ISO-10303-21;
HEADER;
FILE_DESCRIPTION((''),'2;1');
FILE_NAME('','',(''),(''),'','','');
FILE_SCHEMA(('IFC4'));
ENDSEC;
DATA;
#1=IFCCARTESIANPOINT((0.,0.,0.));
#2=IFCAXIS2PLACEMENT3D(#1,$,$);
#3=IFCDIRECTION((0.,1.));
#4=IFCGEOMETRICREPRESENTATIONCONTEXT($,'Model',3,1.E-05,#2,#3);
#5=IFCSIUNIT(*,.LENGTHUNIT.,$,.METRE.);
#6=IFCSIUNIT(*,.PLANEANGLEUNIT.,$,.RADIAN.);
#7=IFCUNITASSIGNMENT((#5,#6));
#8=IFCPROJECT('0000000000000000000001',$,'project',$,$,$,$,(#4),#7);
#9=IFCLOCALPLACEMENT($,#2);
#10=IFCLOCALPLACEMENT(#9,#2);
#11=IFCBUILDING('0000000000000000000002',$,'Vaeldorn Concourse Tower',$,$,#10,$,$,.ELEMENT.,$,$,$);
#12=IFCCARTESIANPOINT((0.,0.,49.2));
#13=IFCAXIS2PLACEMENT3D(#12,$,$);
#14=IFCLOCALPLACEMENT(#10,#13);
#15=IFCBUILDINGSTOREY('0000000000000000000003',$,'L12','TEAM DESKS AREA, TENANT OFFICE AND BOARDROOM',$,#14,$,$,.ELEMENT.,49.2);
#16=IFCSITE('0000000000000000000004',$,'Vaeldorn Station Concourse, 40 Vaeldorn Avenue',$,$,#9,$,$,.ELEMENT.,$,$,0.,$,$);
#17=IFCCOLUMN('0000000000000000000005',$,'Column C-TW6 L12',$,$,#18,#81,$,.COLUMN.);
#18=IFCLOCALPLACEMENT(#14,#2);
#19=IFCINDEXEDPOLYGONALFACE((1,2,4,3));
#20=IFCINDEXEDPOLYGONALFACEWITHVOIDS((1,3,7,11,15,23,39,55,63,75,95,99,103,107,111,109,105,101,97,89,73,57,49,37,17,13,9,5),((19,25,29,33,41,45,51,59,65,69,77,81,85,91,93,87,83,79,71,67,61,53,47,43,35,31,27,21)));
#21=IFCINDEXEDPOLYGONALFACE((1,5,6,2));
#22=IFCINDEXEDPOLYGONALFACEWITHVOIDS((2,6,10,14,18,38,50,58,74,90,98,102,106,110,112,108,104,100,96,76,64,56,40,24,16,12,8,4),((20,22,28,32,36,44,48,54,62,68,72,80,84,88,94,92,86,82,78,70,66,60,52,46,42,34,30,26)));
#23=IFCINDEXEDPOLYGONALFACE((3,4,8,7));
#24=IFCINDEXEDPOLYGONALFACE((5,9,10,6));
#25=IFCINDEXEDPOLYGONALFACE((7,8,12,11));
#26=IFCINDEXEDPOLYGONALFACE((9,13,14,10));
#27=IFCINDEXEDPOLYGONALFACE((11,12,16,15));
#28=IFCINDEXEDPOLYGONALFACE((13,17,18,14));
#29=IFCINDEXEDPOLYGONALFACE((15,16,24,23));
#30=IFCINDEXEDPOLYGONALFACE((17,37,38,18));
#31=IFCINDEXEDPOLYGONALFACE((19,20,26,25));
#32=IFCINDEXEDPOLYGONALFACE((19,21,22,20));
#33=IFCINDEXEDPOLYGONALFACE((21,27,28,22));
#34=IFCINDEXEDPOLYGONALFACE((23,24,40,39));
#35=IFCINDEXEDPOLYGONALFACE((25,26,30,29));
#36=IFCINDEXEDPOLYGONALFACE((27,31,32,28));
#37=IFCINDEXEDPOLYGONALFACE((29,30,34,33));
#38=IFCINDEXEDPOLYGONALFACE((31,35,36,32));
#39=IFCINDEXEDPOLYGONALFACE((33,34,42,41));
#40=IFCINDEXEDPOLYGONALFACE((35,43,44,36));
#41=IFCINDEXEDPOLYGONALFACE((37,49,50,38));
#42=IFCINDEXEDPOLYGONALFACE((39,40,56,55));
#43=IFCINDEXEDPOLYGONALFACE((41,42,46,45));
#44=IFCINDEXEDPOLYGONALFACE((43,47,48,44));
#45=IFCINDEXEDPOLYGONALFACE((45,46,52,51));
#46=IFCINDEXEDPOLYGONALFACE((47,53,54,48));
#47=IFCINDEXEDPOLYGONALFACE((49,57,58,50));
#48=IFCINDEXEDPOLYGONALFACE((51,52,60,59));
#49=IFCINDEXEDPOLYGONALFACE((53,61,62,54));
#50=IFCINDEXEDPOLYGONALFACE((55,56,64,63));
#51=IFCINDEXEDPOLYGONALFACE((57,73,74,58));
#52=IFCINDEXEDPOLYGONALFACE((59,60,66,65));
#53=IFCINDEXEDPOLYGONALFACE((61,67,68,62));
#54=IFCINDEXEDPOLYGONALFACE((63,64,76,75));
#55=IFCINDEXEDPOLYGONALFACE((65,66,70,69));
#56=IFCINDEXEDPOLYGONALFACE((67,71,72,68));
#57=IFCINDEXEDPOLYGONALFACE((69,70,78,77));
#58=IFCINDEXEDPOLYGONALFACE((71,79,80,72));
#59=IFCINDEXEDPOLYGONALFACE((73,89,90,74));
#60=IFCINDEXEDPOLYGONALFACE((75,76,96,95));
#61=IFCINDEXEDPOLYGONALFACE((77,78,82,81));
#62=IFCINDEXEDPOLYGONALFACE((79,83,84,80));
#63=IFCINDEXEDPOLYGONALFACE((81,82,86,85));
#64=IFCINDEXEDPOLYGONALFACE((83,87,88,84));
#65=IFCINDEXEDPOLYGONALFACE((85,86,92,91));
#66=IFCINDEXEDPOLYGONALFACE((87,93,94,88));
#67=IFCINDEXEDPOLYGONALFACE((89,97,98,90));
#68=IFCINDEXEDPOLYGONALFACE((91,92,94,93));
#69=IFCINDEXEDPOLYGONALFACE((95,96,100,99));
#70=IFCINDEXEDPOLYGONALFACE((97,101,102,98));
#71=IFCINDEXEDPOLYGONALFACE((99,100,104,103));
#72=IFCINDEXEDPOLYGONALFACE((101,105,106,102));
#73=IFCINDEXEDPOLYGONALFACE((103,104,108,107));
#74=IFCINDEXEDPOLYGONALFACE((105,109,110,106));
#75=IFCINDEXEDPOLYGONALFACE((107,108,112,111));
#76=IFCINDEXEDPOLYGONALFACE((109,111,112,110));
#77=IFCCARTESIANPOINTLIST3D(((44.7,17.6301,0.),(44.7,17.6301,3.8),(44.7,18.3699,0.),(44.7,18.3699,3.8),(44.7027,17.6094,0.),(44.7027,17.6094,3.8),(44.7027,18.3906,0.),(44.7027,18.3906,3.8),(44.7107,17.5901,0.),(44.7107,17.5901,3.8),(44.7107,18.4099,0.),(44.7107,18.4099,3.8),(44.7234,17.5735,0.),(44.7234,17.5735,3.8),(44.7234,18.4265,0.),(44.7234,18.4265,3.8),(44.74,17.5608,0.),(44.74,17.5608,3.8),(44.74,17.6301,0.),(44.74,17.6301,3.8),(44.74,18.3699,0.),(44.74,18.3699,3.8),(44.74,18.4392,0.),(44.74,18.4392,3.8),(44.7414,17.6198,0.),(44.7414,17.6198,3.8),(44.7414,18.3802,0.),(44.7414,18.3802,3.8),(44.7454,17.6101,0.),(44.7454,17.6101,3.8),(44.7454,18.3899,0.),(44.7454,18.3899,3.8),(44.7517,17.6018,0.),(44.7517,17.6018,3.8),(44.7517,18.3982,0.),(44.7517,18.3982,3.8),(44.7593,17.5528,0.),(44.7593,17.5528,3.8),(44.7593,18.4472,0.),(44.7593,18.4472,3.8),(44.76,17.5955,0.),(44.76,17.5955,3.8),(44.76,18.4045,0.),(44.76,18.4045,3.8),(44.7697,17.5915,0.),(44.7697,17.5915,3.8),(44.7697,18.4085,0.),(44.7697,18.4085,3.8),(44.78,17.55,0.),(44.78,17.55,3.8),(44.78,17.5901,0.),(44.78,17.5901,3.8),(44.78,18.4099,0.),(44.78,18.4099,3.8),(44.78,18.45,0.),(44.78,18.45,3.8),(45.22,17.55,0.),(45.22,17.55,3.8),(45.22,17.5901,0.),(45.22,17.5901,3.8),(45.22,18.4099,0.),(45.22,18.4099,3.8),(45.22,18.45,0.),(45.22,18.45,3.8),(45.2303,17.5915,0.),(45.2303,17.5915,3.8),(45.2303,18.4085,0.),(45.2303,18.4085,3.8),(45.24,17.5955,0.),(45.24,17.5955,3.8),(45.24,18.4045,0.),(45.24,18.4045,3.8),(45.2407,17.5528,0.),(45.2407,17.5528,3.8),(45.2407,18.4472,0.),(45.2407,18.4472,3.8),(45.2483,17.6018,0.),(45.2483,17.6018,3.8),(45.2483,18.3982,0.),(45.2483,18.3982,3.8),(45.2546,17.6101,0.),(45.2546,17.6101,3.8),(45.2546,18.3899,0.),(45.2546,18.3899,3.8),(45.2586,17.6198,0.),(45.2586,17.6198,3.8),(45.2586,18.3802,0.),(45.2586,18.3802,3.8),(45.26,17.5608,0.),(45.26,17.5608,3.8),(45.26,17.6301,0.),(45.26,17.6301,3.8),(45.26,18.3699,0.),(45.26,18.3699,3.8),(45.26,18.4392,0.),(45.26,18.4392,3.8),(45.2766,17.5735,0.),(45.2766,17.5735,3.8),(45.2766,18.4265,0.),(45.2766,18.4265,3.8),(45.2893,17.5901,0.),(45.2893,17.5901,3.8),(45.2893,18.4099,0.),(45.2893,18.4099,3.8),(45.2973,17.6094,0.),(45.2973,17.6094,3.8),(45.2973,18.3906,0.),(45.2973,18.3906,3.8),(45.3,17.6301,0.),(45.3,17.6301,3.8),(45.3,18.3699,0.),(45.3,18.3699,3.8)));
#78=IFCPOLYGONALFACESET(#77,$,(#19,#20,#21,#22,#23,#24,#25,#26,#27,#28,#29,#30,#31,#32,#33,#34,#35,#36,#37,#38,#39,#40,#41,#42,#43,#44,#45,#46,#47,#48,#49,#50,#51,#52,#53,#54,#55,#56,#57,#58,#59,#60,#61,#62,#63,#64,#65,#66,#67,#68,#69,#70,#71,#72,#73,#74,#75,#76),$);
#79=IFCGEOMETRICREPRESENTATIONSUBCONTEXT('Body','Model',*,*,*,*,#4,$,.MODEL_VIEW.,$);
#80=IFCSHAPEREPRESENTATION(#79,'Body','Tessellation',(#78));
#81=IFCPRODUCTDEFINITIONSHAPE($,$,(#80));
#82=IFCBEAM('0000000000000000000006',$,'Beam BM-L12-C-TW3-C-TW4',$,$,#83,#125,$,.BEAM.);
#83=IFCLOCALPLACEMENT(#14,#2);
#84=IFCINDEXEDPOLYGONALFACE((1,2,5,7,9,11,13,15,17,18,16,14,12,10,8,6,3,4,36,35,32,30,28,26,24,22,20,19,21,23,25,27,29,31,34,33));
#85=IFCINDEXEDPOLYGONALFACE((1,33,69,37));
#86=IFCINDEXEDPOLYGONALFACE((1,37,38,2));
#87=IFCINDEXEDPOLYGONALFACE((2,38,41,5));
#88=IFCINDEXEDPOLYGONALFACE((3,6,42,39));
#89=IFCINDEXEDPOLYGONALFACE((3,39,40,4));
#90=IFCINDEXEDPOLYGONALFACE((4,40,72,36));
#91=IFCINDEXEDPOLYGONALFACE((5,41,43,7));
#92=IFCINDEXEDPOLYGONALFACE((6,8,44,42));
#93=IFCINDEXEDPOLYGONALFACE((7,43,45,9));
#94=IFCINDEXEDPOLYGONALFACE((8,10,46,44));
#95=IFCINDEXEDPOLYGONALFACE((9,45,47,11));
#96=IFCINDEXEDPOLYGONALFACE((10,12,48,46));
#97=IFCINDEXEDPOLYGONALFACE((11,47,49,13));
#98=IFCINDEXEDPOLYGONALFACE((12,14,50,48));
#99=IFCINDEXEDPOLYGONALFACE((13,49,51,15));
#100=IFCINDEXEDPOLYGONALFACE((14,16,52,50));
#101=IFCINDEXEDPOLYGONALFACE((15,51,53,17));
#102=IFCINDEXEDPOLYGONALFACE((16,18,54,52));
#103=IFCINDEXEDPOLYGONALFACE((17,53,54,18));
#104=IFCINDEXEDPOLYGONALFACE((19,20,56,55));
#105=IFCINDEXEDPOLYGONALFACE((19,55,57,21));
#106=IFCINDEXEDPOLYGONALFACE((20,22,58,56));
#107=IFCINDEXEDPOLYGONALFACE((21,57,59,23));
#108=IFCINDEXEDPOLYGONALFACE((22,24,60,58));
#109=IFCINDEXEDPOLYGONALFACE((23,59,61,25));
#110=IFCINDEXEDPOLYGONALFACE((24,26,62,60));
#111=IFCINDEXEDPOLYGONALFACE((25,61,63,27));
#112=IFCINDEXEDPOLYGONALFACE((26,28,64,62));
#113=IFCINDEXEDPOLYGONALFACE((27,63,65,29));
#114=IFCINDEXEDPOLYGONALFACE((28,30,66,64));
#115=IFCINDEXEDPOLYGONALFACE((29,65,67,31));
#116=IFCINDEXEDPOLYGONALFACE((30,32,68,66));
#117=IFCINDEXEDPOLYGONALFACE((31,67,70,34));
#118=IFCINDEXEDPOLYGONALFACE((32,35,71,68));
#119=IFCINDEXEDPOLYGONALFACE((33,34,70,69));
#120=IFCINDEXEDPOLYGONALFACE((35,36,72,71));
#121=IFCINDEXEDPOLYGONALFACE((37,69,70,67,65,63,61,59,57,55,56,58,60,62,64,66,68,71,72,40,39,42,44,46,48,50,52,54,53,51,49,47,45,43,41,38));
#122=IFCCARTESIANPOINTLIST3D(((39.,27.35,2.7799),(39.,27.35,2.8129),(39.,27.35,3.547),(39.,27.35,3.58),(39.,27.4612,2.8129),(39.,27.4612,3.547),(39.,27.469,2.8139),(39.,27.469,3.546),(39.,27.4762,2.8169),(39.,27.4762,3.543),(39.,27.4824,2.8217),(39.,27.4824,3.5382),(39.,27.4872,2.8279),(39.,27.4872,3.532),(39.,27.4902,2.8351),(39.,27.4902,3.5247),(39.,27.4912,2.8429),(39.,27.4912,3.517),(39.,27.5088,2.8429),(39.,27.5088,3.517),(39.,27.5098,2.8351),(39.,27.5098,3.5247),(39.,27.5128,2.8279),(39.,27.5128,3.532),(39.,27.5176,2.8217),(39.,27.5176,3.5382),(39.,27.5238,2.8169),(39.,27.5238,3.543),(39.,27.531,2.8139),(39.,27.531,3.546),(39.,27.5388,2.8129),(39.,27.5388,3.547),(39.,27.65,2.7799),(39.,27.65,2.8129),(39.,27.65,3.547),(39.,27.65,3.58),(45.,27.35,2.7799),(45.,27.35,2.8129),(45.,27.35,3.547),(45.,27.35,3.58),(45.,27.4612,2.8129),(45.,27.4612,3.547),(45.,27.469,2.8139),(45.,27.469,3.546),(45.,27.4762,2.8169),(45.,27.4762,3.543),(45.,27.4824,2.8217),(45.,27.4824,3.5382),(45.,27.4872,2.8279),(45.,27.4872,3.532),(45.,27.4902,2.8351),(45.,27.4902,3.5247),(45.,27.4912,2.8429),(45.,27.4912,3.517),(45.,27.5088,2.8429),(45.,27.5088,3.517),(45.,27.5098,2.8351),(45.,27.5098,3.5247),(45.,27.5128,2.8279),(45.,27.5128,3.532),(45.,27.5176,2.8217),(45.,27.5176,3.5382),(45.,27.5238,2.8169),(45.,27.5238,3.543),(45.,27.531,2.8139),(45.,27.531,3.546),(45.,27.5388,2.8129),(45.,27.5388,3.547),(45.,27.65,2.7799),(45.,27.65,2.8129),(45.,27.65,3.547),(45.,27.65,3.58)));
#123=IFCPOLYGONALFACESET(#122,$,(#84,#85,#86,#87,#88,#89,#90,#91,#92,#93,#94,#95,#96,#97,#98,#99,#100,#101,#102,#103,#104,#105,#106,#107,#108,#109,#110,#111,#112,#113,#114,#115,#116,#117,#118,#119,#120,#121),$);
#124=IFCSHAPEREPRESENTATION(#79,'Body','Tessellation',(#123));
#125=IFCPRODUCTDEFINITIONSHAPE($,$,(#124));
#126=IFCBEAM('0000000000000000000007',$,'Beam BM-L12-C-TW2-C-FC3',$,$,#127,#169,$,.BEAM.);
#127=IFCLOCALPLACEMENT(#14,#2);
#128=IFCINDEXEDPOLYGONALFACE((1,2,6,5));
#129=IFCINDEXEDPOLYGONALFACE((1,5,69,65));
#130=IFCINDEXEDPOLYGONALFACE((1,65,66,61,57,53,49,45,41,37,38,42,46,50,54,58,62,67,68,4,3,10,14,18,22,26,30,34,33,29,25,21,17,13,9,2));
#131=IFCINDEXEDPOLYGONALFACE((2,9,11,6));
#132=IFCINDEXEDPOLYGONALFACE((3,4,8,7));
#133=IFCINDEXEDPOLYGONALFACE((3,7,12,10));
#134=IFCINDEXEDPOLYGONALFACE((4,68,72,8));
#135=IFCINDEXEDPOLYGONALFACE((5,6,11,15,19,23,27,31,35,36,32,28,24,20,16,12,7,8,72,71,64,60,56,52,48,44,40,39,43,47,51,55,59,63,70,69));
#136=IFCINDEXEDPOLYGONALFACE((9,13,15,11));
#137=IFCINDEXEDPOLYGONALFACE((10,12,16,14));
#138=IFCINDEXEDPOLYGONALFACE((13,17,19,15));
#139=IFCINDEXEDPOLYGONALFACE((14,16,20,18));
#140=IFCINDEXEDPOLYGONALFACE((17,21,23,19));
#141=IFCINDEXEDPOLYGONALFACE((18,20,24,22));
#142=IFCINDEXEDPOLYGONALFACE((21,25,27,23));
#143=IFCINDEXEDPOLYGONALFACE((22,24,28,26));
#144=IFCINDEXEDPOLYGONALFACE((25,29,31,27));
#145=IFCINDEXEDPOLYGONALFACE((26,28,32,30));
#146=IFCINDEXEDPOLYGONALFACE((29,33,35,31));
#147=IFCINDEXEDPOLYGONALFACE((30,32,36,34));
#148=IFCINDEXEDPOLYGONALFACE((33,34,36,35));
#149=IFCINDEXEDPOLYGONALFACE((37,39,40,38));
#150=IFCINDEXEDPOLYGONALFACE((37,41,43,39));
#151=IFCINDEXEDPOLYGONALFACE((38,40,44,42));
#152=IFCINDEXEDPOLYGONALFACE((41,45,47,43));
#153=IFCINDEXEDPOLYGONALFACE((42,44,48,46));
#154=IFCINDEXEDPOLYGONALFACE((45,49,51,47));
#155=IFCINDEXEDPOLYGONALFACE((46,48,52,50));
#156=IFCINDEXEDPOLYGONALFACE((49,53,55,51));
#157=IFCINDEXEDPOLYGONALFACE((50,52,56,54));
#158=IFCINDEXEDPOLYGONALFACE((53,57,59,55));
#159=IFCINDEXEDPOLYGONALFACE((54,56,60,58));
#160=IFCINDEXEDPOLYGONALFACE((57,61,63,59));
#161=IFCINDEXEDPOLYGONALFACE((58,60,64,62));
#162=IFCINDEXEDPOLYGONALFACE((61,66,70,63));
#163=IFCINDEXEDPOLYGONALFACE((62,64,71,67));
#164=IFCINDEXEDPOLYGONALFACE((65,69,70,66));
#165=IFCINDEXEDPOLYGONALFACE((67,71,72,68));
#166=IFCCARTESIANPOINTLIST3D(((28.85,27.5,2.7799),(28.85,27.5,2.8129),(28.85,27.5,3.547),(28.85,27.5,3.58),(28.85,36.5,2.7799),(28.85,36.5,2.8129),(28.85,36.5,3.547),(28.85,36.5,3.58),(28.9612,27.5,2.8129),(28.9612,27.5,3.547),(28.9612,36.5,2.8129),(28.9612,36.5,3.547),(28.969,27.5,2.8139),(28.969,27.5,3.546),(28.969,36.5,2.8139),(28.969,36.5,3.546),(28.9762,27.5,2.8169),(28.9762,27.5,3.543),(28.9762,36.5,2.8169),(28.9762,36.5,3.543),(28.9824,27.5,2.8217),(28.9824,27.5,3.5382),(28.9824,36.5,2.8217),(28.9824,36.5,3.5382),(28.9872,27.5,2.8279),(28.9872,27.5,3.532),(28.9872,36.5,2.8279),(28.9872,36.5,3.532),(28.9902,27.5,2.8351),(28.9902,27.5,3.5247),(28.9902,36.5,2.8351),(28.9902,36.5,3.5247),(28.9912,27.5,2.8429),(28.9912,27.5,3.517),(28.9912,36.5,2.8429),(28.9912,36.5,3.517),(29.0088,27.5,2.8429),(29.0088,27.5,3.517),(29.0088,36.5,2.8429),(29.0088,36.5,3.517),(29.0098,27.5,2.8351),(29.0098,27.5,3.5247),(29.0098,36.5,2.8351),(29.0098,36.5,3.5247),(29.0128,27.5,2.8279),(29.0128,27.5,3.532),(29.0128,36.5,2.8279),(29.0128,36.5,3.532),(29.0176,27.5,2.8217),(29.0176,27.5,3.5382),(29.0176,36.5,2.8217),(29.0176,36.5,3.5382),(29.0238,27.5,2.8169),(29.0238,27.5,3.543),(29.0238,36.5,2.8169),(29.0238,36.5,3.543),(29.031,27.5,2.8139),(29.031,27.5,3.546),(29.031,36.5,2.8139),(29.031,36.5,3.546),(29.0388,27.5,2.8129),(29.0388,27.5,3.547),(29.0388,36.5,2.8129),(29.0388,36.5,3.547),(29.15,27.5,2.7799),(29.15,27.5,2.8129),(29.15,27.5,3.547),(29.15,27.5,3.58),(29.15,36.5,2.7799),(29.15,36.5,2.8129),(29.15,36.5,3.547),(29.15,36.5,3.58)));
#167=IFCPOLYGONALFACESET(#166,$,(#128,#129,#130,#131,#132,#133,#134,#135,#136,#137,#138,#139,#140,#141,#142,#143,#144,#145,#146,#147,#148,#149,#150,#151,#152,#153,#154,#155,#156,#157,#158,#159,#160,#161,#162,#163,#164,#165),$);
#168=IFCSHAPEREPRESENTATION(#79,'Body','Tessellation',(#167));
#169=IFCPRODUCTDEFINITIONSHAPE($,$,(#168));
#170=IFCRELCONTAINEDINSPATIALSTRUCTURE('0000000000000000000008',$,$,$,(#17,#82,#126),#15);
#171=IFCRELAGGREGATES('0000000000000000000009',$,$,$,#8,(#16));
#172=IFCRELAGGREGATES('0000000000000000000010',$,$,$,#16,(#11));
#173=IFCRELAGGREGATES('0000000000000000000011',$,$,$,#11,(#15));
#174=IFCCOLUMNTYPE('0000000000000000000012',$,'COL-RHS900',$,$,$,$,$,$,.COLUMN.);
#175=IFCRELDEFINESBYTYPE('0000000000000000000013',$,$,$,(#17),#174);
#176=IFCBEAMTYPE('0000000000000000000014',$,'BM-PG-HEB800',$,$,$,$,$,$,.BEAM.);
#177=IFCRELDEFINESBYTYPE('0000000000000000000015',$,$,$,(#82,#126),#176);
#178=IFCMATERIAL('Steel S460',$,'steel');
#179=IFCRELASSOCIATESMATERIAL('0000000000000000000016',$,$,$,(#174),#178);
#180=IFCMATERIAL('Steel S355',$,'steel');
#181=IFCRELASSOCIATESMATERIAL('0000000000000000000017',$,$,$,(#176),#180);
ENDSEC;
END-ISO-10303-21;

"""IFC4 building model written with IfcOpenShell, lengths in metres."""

from ifc_helpers import new_model, si_unit, direction, frame, origin, origin_2d, place, context, subcontext, project, spatial, hollow_rectangle, i_section, extrude, source, transform, mapped, material, material_profile, profile_set, type_object, element, save


model = new_model("IFC4")

# Units and contexts
model_context = context("Model", 3, precision=1e-05, world=origin(), true_north=direction((0.0, 1.0)))
body_context = subcontext(model_context, "Body", "Model", "MODEL_VIEW")
ifc_project = project(units=[si_unit("LENGTHUNIT", "METRE"), si_unit("PLANEANGLEUNIT", "RADIAN")], contexts=[model_context])

# Site, building, storey
site_placement = place(None, origin())
site = spatial("IfcSite", under=ifc_project, at=site_placement, Name="Vaeldorn Station Concourse, 40 Vaeldorn Avenue", CompositionType="ELEMENT", RefElevation=0.0)
building_placement = place(site_placement, origin())
building = spatial("IfcBuilding", under=site, at=building_placement, Name="Vaeldorn Concourse Tower", CompositionType="ELEMENT")
storey_placement = place(building_placement, frame((0.0, 0.0, 49.2)))
storey = spatial("IfcBuildingStorey", under=building, at=storey_placement, Name="L12", Description="TEAM DESKS AREA, TENANT OFFICE AND BOARDROOM", CompositionType="ELEMENT", Elevation=49.2)

# Column
ifc_material_1 = material(Name="Steel S460", Category="steel")
ifc_material_profile_1 = material_profile(ifc_material_1, hollow_rectangle(XDim=0.6001, YDim=0.8999, WallThickness=0.04, InnerFilletRadius=0.04, OuterFilletRadius=0.0801, at=origin_2d()), Name="RHS 900x600x40")
ifc_profile_set_1 = profile_set([ifc_material_profile_1], Name="Steel S460")
column_type_1 = type_object("IfcColumnType", Name="COL-RHS900", PredefinedType="COLUMN", material=ifc_profile_set_1)
shared_shape_1 = source(origin(), body_context, "Body", "SweptSolid", [
    extrude(hollow_rectangle(XDim=0.6001, YDim=0.8999, WallThickness=0.04, InnerFilletRadius=0.04, OuterFilletRadius=0.0801, at=origin_2d()), origin(), (0.0, 0.0, 1.0), 3.8),
])
for number, where, z_axis, x_axis, name in (
    (1, (45.0, 18.0, 0.0), (0.0, 0.0, 1.0), (1.0, 0.0, 0.0), "Column C-TW6 L12"),
):
    element("IfcColumn", number, at=place(storey_placement, frame(where, z_axis=z_axis, x_axis=x_axis)), inside=storey, type_object=column_type_1, Name=name, PredefinedType="COLUMN", context=body_context, shape_type="MappedRepresentation", body=[
        mapped(shared_shape_1, transform((0.0, 0.0, 0.0), scale=1.0)),
    ])

# Beams
ifc_material_2 = material(Name="Steel S355", Category="steel")
ifc_material_profile_2 = material_profile(ifc_material_2, i_section(OverallWidth=0.3, OverallDepth=0.8, WebThickness=0.0176, FlangeThickness=0.033, FilletRadius=0.03, at=origin_2d()), Name="HEB 800")
ifc_profile_set_2 = profile_set([ifc_material_profile_2], Name="Steel S355")
beam_type_1 = type_object("IfcBeamType", Name="BM-PG-HEB800", PredefinedType="BEAM", material=ifc_profile_set_2)
shared_shape_2 = source(origin(), body_context, "Body", "SweptSolid", [
    extrude(i_section(OverallWidth=0.3, OverallDepth=0.8, WebThickness=0.0176, FlangeThickness=0.033, FilletRadius=0.03, at=origin_2d()), origin(), (0.0, 0.0, 1.0), 6.0),
])
beam_1_placement = place(storey_placement, frame((39.0, 27.5, 3.1799), z_axis=(1.0, 0.0, 0.0), x_axis=(0.0, 1.0, 0.0)))
element("IfcBeam", 2, at=beam_1_placement, inside=storey, type_object=beam_type_1, Name="Beam BM-L12-C-TW3-C-TW4", PredefinedType="BEAM", context=body_context, shape_type="MappedRepresentation", body=[
    mapped(shared_shape_2, transform((0.0, 0.0, 0.0), scale=1.0)),
])
shared_shape_3 = source(origin(), body_context, "Body", "SweptSolid", [
    extrude(i_section(OverallWidth=0.3, OverallDepth=0.8, WebThickness=0.0176, FlangeThickness=0.033, FilletRadius=0.03, at=origin_2d()), origin(), (0.0, 0.0, 1.0), 9.0),
])
for number, where, z_axis, x_axis, name in (
    (3, (29.0, 27.5, 3.1799), (0.0, 1.0, 0.0), (-1.0, 0.0, 0.0), "Beam BM-L12-C-TW2-C-FC3"),
):
    element("IfcBeam", number, at=place(storey_placement, frame(where, z_axis=z_axis, x_axis=x_axis)), inside=storey, type_object=beam_type_1, Name=name, PredefinedType="BEAM", context=body_context, shape_type="MappedRepresentation", body=[
        mapped(shared_shape_3, transform((0.0, 0.0, 0.0), scale=1.0)),
    ])

save(model, "model.ifc")
